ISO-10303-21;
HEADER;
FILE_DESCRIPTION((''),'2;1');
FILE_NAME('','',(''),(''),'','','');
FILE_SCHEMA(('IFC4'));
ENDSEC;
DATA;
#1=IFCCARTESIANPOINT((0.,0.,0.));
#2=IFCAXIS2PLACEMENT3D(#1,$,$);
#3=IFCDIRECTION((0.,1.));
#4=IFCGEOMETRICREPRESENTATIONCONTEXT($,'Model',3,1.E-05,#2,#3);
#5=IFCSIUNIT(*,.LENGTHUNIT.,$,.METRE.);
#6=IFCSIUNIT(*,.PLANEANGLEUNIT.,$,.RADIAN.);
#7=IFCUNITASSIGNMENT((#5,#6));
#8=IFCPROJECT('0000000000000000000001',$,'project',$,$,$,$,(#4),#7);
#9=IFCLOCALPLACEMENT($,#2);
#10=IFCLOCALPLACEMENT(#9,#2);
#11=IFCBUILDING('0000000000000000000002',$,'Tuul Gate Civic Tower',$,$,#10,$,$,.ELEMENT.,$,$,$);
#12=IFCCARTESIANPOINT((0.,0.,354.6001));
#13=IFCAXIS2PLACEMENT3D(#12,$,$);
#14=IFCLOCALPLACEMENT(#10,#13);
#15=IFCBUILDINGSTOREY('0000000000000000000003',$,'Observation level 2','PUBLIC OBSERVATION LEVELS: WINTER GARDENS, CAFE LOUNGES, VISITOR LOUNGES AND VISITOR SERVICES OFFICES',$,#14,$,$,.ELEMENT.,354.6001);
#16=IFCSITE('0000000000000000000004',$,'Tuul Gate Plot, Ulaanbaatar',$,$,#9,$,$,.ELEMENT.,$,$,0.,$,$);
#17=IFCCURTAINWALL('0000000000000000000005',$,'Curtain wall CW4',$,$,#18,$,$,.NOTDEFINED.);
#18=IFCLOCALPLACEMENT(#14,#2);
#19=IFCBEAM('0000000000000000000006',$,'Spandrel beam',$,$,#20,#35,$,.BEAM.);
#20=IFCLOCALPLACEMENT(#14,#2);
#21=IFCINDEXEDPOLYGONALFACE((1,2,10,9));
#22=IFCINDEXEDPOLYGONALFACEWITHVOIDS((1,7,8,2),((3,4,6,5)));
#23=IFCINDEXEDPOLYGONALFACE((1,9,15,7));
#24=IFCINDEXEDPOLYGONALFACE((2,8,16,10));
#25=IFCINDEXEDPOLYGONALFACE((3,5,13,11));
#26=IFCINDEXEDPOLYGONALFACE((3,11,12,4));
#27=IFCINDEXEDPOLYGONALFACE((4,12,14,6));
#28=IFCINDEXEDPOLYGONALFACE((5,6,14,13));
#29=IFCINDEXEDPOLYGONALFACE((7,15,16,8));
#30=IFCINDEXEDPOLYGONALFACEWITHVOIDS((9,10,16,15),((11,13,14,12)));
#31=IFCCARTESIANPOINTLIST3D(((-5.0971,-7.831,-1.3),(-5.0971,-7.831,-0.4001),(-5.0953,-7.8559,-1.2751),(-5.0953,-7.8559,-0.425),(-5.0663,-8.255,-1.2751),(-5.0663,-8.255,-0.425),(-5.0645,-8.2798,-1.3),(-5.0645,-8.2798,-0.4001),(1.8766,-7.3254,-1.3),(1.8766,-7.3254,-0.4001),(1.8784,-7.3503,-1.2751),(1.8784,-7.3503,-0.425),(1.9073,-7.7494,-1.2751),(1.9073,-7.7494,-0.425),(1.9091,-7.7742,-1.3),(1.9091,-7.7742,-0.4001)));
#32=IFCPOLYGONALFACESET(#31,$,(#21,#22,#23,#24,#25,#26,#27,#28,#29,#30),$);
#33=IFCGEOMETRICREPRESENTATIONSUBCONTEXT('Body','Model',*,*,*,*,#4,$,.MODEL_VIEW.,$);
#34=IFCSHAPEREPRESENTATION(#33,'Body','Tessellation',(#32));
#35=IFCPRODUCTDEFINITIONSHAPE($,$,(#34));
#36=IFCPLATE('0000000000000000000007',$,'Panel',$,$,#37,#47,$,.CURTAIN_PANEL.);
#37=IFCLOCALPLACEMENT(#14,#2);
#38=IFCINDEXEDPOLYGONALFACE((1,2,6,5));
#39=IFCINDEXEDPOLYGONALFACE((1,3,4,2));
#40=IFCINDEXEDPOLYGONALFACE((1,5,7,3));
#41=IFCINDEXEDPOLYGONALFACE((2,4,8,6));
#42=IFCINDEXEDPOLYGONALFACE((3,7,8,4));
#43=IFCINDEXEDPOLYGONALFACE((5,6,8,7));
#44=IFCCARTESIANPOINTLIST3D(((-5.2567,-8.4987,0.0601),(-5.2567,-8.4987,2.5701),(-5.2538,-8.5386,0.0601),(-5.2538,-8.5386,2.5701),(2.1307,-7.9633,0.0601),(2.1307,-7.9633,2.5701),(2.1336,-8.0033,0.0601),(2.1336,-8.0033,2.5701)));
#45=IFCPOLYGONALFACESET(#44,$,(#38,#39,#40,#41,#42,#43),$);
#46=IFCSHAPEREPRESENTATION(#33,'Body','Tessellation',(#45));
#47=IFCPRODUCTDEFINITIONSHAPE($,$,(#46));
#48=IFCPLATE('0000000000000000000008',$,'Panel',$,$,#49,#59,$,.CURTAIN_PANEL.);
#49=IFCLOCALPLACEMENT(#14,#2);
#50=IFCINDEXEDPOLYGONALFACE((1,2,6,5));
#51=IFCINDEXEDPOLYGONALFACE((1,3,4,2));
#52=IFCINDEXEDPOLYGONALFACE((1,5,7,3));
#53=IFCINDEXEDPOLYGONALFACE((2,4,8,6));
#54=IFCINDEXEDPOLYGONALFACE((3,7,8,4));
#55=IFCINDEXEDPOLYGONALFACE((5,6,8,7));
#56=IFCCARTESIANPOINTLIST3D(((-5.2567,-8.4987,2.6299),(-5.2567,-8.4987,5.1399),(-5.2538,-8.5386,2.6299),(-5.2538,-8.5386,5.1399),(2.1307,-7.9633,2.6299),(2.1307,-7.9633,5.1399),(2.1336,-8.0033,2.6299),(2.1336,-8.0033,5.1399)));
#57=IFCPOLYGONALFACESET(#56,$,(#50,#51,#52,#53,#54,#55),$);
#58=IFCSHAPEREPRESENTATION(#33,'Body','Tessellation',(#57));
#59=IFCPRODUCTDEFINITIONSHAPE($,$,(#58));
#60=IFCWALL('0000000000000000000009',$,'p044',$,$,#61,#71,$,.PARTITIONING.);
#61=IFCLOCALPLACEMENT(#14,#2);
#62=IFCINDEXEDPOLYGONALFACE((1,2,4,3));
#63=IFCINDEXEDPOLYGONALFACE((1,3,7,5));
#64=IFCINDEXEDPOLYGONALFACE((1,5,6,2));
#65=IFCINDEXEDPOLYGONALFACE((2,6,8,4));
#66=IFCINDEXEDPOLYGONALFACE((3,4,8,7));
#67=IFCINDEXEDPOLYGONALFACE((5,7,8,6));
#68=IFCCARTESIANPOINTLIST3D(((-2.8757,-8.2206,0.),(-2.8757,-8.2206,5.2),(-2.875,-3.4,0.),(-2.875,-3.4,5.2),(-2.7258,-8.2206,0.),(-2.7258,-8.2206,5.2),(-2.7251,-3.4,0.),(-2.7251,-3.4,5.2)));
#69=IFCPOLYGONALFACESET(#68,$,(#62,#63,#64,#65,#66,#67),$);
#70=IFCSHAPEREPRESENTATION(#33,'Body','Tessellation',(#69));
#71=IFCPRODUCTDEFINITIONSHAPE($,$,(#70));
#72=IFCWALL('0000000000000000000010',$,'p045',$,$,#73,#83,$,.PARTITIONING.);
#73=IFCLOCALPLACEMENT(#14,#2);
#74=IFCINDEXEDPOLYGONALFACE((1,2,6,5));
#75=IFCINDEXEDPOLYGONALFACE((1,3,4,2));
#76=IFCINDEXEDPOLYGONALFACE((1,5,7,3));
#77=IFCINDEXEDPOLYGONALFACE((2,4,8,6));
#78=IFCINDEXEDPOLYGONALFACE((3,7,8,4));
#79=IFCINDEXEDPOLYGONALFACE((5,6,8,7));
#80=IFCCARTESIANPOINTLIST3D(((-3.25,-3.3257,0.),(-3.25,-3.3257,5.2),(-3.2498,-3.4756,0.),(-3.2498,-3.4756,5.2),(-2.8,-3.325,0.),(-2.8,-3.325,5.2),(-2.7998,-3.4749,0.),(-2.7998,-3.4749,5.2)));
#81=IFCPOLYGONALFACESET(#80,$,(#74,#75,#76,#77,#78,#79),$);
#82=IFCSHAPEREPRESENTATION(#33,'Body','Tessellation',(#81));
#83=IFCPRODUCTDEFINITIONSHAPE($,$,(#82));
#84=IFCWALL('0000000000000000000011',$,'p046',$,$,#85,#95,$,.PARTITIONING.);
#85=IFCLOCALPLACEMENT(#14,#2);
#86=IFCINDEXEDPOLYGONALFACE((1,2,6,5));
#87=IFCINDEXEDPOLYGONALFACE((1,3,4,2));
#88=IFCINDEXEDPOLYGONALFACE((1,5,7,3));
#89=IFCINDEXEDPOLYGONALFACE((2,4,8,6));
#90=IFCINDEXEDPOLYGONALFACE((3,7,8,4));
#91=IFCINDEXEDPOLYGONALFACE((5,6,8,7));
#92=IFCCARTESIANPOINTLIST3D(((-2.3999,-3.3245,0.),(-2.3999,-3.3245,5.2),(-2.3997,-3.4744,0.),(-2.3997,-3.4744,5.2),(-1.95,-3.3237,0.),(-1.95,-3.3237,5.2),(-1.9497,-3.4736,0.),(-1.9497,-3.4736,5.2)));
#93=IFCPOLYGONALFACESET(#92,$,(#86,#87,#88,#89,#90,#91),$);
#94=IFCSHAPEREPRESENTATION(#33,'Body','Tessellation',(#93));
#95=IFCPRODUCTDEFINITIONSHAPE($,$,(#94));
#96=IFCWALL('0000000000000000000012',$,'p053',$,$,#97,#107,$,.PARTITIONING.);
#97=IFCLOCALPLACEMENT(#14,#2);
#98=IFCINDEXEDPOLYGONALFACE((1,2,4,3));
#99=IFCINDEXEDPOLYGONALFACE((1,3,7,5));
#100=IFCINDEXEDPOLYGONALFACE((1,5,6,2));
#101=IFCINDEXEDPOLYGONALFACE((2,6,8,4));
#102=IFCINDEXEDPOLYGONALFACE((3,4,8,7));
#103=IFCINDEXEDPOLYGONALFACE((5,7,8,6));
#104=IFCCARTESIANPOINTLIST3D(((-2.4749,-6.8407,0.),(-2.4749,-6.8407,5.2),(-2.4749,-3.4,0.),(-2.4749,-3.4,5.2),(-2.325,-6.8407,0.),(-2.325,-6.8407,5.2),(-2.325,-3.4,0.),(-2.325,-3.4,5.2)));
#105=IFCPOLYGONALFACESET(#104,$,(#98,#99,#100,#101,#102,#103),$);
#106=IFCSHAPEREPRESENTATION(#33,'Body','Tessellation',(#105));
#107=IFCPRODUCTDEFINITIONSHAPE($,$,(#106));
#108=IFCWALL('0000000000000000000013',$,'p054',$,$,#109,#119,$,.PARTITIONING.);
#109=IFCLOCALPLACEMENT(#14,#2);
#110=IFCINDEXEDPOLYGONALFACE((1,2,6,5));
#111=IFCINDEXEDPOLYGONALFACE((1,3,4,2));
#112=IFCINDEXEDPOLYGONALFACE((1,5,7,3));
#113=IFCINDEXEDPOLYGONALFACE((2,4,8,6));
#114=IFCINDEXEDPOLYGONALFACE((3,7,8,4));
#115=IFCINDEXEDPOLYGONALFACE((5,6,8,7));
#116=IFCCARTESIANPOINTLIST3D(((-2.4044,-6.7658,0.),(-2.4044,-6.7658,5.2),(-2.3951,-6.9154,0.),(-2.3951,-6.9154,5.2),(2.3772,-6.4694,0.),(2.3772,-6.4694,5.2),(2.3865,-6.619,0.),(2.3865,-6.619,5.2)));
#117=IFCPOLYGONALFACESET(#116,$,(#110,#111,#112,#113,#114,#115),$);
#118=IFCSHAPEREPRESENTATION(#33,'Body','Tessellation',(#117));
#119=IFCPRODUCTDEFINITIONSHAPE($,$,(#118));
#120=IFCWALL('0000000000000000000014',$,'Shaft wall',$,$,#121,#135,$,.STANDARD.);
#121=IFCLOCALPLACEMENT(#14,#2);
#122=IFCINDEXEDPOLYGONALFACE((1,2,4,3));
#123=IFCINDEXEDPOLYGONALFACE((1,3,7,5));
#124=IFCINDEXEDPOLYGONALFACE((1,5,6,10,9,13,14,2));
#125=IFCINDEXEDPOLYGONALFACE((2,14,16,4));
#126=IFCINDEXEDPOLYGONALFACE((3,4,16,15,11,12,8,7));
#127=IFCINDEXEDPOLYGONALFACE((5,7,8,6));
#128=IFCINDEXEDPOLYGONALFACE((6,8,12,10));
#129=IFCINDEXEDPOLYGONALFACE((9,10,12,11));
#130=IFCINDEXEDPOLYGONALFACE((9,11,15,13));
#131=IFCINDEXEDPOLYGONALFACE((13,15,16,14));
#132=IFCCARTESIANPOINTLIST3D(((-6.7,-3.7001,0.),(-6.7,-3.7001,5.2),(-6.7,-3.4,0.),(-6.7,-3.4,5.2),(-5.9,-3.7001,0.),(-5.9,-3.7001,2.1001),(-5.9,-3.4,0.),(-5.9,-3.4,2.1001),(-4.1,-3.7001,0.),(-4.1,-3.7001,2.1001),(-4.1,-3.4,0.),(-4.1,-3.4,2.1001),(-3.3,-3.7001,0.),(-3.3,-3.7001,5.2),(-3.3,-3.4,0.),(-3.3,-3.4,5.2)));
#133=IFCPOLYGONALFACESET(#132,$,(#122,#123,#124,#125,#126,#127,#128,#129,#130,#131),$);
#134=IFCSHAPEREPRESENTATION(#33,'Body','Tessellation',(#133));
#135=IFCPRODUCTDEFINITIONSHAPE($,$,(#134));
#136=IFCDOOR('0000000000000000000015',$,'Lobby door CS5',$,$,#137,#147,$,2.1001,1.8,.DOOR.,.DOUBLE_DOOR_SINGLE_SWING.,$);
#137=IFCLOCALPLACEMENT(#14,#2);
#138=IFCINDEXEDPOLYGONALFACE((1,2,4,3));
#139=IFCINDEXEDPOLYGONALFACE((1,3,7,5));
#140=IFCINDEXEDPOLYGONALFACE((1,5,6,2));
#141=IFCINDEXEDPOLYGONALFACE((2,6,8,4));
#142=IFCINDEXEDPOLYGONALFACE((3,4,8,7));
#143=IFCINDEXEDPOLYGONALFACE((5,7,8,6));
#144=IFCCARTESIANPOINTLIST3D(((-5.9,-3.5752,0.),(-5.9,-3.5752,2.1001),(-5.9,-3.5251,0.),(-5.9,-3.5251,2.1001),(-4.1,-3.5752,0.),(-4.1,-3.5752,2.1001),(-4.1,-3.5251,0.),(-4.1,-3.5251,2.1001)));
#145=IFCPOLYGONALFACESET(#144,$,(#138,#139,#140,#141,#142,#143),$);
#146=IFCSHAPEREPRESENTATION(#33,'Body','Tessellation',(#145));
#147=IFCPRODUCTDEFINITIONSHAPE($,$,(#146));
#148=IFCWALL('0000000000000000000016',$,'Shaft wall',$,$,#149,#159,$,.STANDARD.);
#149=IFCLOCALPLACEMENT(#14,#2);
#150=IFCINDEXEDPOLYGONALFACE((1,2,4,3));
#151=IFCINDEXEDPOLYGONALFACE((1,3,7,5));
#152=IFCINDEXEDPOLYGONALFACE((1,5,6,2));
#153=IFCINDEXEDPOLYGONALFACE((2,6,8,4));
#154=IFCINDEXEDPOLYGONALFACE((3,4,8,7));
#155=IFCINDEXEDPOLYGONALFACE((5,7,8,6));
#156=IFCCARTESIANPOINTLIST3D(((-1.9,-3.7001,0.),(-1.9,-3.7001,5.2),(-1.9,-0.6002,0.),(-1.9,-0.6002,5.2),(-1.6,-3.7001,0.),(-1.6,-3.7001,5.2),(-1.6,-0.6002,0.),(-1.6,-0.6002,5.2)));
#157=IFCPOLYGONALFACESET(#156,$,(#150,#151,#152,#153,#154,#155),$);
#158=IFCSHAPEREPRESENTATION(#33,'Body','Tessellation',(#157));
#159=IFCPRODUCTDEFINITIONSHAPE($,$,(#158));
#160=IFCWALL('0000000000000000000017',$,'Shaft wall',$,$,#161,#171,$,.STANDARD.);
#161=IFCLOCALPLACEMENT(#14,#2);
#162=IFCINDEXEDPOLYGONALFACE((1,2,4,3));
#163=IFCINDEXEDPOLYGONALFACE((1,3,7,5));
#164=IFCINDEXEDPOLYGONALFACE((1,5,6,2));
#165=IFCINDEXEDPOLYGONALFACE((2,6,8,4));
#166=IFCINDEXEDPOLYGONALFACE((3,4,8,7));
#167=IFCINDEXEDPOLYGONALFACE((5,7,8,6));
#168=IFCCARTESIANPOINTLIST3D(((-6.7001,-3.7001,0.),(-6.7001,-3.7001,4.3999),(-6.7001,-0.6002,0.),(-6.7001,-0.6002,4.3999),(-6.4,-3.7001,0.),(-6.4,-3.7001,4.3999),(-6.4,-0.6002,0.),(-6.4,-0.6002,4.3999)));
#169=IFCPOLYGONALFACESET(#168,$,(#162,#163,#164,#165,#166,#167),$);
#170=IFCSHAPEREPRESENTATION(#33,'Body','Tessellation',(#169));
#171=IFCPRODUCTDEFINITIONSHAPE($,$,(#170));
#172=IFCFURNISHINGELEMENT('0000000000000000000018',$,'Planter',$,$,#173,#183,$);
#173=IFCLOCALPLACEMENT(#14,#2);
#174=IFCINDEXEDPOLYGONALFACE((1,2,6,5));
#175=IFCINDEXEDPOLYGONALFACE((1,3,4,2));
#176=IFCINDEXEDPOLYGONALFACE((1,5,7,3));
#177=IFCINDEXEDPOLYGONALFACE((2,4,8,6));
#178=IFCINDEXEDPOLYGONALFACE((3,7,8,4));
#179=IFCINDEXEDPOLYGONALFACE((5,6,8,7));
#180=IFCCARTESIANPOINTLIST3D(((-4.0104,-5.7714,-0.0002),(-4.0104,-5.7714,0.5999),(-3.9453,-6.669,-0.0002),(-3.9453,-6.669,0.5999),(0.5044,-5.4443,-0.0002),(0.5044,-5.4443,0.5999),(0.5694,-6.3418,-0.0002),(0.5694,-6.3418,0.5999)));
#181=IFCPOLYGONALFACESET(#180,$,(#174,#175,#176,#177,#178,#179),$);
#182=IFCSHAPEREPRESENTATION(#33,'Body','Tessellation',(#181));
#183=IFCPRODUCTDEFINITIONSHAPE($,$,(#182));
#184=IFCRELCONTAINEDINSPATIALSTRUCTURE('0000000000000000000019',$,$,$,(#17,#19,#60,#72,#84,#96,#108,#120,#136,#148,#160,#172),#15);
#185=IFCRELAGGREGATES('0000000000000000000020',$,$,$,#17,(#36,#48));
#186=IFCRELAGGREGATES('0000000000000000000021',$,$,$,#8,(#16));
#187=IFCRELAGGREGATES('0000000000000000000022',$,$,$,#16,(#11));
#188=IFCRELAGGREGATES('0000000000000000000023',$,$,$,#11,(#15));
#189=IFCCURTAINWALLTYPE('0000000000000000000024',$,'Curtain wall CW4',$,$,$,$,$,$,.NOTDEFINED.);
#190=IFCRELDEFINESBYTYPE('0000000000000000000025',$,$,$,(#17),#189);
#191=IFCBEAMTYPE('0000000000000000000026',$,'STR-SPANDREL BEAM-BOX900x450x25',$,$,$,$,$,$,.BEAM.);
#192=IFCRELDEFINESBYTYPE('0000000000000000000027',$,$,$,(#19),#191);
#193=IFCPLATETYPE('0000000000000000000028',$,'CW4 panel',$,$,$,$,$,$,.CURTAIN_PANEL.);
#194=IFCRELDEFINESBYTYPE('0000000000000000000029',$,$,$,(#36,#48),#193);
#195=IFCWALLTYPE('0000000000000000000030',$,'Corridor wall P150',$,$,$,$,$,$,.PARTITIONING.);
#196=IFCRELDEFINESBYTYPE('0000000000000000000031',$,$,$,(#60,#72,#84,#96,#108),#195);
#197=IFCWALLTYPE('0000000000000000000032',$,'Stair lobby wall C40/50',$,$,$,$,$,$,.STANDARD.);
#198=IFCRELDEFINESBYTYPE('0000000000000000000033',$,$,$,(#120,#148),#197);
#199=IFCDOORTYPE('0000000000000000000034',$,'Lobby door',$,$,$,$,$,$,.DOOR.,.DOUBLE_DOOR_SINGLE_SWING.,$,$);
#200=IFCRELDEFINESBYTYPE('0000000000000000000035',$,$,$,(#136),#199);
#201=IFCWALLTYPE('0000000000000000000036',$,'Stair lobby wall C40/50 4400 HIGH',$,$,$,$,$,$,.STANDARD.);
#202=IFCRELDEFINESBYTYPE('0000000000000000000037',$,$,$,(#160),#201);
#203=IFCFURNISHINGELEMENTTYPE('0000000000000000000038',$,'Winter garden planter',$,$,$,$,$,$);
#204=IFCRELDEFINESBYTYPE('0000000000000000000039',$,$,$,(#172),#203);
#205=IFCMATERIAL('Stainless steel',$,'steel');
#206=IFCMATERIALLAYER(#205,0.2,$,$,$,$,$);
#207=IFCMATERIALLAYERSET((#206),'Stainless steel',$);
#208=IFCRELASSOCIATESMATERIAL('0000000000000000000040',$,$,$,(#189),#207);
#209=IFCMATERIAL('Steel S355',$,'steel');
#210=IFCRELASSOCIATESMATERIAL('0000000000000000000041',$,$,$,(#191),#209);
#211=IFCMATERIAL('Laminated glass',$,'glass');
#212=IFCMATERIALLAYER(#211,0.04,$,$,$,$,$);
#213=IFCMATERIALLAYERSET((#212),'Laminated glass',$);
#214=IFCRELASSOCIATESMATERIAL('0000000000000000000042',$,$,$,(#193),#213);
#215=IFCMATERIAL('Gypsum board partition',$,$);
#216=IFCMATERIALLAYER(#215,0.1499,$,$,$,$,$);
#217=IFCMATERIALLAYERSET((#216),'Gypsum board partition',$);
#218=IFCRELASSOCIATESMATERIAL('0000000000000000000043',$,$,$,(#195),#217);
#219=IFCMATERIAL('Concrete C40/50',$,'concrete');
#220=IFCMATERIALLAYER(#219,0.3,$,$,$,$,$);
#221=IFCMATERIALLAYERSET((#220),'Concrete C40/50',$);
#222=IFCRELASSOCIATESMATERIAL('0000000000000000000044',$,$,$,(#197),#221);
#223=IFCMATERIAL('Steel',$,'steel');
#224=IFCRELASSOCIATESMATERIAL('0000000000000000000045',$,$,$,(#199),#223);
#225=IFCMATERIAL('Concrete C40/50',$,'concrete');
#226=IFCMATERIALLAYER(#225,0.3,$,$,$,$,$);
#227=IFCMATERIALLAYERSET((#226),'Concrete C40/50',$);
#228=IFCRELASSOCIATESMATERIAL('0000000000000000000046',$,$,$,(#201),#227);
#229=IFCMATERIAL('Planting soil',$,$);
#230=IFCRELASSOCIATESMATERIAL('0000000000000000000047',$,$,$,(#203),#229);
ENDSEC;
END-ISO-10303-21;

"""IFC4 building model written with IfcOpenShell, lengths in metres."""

from ifc_helpers import new_model, si_unit, direction, frame, frame_2d, origin, origin_2d, place, context, subcontext, project, spatial, rectangle, hollow_rectangle, extrude, material, layer, layer_set, material_profile, profile_set, type_object, element, fill, aggregate, save


model = new_model("IFC4")

# Units and contexts
model_context = context("Model", 3, precision=1e-05, world=origin(), true_north=direction((0.0, 1.0)))
body_context = subcontext(model_context, "Body", "Model", "MODEL_VIEW")
ifc_project = project(units=[si_unit("LENGTHUNIT", "METRE"), si_unit("PLANEANGLEUNIT", "RADIAN")], contexts=[model_context])

# Site, building, storey
site_placement = place(None, origin())
site = spatial("IfcSite", under=ifc_project, at=site_placement, Name="Tuul Gate Plot, Ulaanbaatar", CompositionType="ELEMENT", RefElevation=0.0)
building_placement = place(site_placement, origin())
building = spatial("IfcBuilding", under=site, at=building_placement, Name="Tuul Gate Civic Tower", CompositionType="ELEMENT")
storey_placement = place(building_placement, frame((0.0, 0.0, 354.6001)))
storey = spatial("IfcBuildingStorey", under=building, at=storey_placement, Name="Observation level 2", Description="PUBLIC OBSERVATION LEVELS: WINTER GARDENS, CAFE LOUNGES, VISITOR LOUNGES AND VISITOR SERVICES OFFICES", CompositionType="ELEMENT", Elevation=354.6001)

# Shared definitions
ifc_material_1 = material(Name="Stainless steel", Category="steel")
ifc_layer_1 = layer(ifc_material_1, 0.2)
ifc_layer_set_1 = layer_set([ifc_layer_1], Name="Stainless steel")
curtain_wall_type = type_object("IfcCurtainWallType", Name="Curtain wall CW4", PredefinedType="NOTDEFINED", material=ifc_layer_set_1)

# Curtain wall
curtain_wall_1_placement = place(storey_placement, origin())
curtain_wall_1 = element("IfcCurtainWall", 1, at=curtain_wall_1_placement, inside=storey, type_object=curtain_wall_type, Name="Curtain wall CW4", PredefinedType="NOTDEFINED")

# Beam
ifc_material_2 = material(Name="Steel S355", Category="steel")
ifc_material_profile_1 = material_profile(ifc_material_2, hollow_rectangle(XDim=0.45, YDim=0.8999, WallThickness=0.0249, at=origin_2d()), Name="BOX900x450x25")
ifc_profile_set_1 = profile_set([ifc_material_profile_1], Name="Steel S355")
beam_type_1 = type_object("IfcBeamType", Name="STR-SPANDREL BEAM-BOX900x450x25", PredefinedType="BEAM", material=ifc_profile_set_1)
beam_1_placement = place(storey_placement, frame((-5.0808, -8.0554, -0.8501), z_axis=(0.997382, 0.072314, 0.0), x_axis=(-0.072314, 0.997382, 0.0)))
element("IfcBeam", 2, at=beam_1_placement, inside=storey, type_object=beam_type_1, Name="Spandrel beam", PredefinedType="BEAM", context=body_context, shape_type="SweptSolid", body=[
    extrude(hollow_rectangle(XDim=0.45, YDim=0.8999, WallThickness=0.0249, at=origin_2d()), origin(), (0.0, 0.0, 1.0), 6.9919),
])

# Plates
ifc_material_3 = material(Name="Laminated glass", Category="glass")
ifc_layer_2 = layer(ifc_material_3, 0.04)
ifc_layer_set_2 = layer_set([ifc_layer_2], Name="Laminated glass")
plate_type = type_object("IfcPlateType", Name="CW4 panel", PredefinedType="CURTAIN_PANEL", material=ifc_layer_set_2)
plate_1_placement = place(storey_placement, frame((-1.5615, -8.251, 0.0601), z_axis=(0.0, 0.0, 1.0), x_axis=(0.997385, 0.072276, 0.0)))
plate_1 = element("IfcPlate", 3, at=plate_1_placement, type_object=plate_type, Name="Panel", PredefinedType="CURTAIN_PANEL", context=body_context, shape_type="SweptSolid", body=[
    extrude(rectangle(XDim=7.4067, YDim=0.04, at=origin_2d()), origin(), (0.0, 0.0, 1.0), 2.51),
])
plate_2_placement = place(storey_placement, frame((-1.5615, -8.251, 2.6299), z_axis=(0.0, 0.0, 1.0), x_axis=(0.997385, 0.072276, 0.0)))
plate_2 = element("IfcPlate", 4, at=plate_2_placement, type_object=plate_type, Name="Panel", PredefinedType="CURTAIN_PANEL", context=body_context, shape_type="SweptSolid", body=[
    extrude(rectangle(XDim=7.4067, YDim=0.04, at=origin_2d()), origin(), (0.0, 0.0, 1.0), 2.51),
])
aggregate(curtain_wall_1, [plate_1, plate_2])

# Walls
ifc_material_4 = material(Name="Gypsum board partition")
ifc_layer_3 = layer(ifc_material_4, 0.1499)
ifc_layer_set_3 = layer_set([ifc_layer_3], Name="Gypsum board partition")
wall_type_1 = type_object("IfcWallType", Name="Corridor wall P150", PredefinedType="PARTITIONING", material=ifc_layer_set_3)
wall_1_placement = place(storey_placement, frame((-2.8008, -8.2205, 0.0), z_axis=(0.0, 0.0, 1.0), x_axis=(0.000152, 1.0, 0.0)))
element("IfcWall", 5, at=wall_1_placement, inside=storey, type_object=wall_type_1, Name="p044", PredefinedType="PARTITIONING", context=body_context, shape_type="SweptSolid", body=[
    extrude(rectangle(XDim=4.8206, YDim=0.1499, at=frame_2d((2.4102, 0.0))), origin(), (0.0, 0.0, 1.0), 5.2),
])
for number, where, z_axis, x_axis, name in (
    (6, (-3.25, -3.4006, 0.0), (0.0, 0.0, 1.0), (0.999999, 0.001628, 0.0), "p045"),
    (7, (-2.3999, -3.3994, 0.0), (0.0, 0.0, 1.0), (0.999999, 0.001628, 0.0), "p046"),
):
    element("IfcWall", number, at=place(storey_placement, frame(where, z_axis=z_axis, x_axis=x_axis)), inside=storey, type_object=wall_type_1, Name=name, PredefinedType="PARTITIONING", context=body_context, shape_type="SweptSolid", body=[
        extrude(rectangle(XDim=0.45, YDim=0.1499, at=frame_2d((0.2251, 0.0))), origin(), (0.0, 0.0, 1.0), 5.2),
    ])
wall_2_placement = place(storey_placement, frame((-2.3999, -6.8406, 0.0), z_axis=(0.0, 0.0, 1.0), x_axis=(0.0, 1.0, 0.0)))
element("IfcWall", 8, at=wall_2_placement, inside=storey, type_object=wall_type_1, Name="p053", PredefinedType="PARTITIONING", context=body_context, shape_type="SweptSolid", body=[
    extrude(rectangle(XDim=3.4407, YDim=0.1499, at=frame_2d((1.7202, 0.0))), origin(), (0.0, 0.0, 1.0), 5.2),
])
wall_3_placement = place(storey_placement, frame((-2.3999, -6.8406, 0.0), z_axis=(0.0, 0.0, 1.0), x_axis=(0.998084, 0.061867, 0.0)))
element("IfcWall", 9, at=wall_3_placement, inside=storey, type_object=wall_type_1, Name="p054", PredefinedType="PARTITIONING", context=body_context, shape_type="SweptSolid", body=[
    extrude(rectangle(XDim=4.7908, YDim=0.1499, at=frame_2d((2.3955, 0.0))), origin(), (0.0, 0.0, 1.0), 5.2),
])

# Wall, opening, door
ifc_material_5 = material(Name="Concrete C40/50", Category="concrete")
ifc_layer_4 = layer(ifc_material_5, 0.3)
ifc_layer_set_4 = layer_set([ifc_layer_4], Name="Concrete C40/50")
wall_type_2 = type_object("IfcWallType", Name="Stair lobby wall C40/50", PredefinedType="STANDARD", material=ifc_layer_set_4)
wall_4_placement = place(storey_placement, frame((-3.3, -3.55, 0.0), z_axis=(0.0, 0.0, 1.0), x_axis=(-1.0, 0.0, 0.0)))
wall_4 = element("IfcWall", 10, at=wall_4_placement, inside=storey, type_object=wall_type_2, Name="Shaft wall", PredefinedType="STANDARD", context=body_context, shape_type="SweptSolid", body=[
    extrude(rectangle(XDim=3.3999, YDim=0.3, at=frame_2d((1.7, 0.0))), origin(), (0.0, 0.0, 1.0), 5.2),
])
opening_placement = place(wall_4_placement, frame((0.8, 0.0, 0.0)))
opening = element("IfcOpeningElement", 11, at=opening_placement, cuts=wall_4, PredefinedType="OPENING", context=body_context, shape_type="SweptSolid", body=[
    extrude(rectangle(XDim=1.8, YDim=2.1001, at=frame_2d((0.8999, 1.05))), frame((0.0, 0.1602, 0.0), z_axis=(0.0, -1.0, 0.0), x_axis=(1.0, 0.0, 0.0)), (0.0, 0.0, 1.0), 0.3201),
])
ifc_material_6 = material(Name="Steel", Category="steel")
door_type = type_object("IfcDoorType", Name="Lobby door", OperationType="DOUBLE_DOOR_SINGLE_SWING", PredefinedType="DOOR", material=ifc_material_6)
door_placement = place(opening_placement, frame((1.8, 0.0, 0.0), z_axis=(0.0, 0.0, 1.0), x_axis=(-1.0, 0.0, 0.0)))
door = element("IfcDoor", 12, at=door_placement, inside=storey, type_object=door_type, Name="Lobby door CS5", OperationType="DOUBLE_DOOR_SINGLE_SWING", OverallHeight=2.1001, OverallWidth=1.8, PredefinedType="DOOR", context=body_context, shape_type="SweptSolid", body=[
    extrude(rectangle(XDim=1.8, YDim=2.1001, at=frame_2d((0.9001, 1.05))), frame((0.0, 0.0249, 0.0), z_axis=(0.0, -1.0, 0.0), x_axis=(1.0, 0.0, 0.0)), (0.0, 0.0, 1.0), 0.05),
])
fill(opening, door)

# Walls
wall_5_placement = place(storey_placement, frame((-1.75, -3.7, 0.0), z_axis=(0.0, 0.0, 1.0), x_axis=(0.0, 1.0, 0.0)))
element("IfcWall", 13, at=wall_5_placement, inside=storey, type_object=wall_type_2, Name="Shaft wall", PredefinedType="STANDARD", context=body_context, shape_type="SweptSolid", body=[
    extrude(rectangle(XDim=3.0999, YDim=0.3, at=frame_2d((1.5498, 0.0))), origin(), (0.0, 0.0, 1.0), 5.2),
])
ifc_material_7 = material(Name="Concrete C40/50", Category="concrete")
ifc_layer_5 = layer(ifc_material_7, 0.3)
ifc_layer_set_5 = layer_set([ifc_layer_5], Name="Concrete C40/50")
wall_type_3 = type_object("IfcWallType", Name="Stair lobby wall C40/50 4400 HIGH", PredefinedType="STANDARD", material=ifc_layer_set_5)
wall_6_placement = place(storey_placement, frame((-6.55, -3.7, 0.0), z_axis=(0.0, 0.0, 1.0), x_axis=(0.0, 1.0, 0.0)))
element("IfcWall", 14, at=wall_6_placement, inside=storey, type_object=wall_type_3, Name="Shaft wall", PredefinedType="STANDARD", context=body_context, shape_type="SweptSolid", body=[
    extrude(rectangle(XDim=3.0999, YDim=0.3, at=frame_2d((1.5498, 0.0))), origin(), (0.0, 0.0, 1.0), 4.3999),
])

# Furnishing element
ifc_material_8 = material(Name="Planting soil")
furnishing_element_type = type_object("IfcFurnishingElementType", Name="Winter garden planter", material=ifc_material_8)
furnishing_placement = place(storey_placement, frame((-1.7205, -6.0566, -0.0002), z_axis=(0.0, 0.0, 1.0), x_axis=(0.997385, 0.072276, 0.0)))
element("IfcFurnishingElement", 15, at=furnishing_placement, inside=storey, type_object=furnishing_element_type, Name="Planter", context=body_context, shape_type="SweptSolid", body=[
    extrude(rectangle(XDim=4.5266, YDim=0.8999, at=origin_2d()), origin(), (0.0, 0.0, 1.0), 0.6001),
])

save(model, "model.ifc")
